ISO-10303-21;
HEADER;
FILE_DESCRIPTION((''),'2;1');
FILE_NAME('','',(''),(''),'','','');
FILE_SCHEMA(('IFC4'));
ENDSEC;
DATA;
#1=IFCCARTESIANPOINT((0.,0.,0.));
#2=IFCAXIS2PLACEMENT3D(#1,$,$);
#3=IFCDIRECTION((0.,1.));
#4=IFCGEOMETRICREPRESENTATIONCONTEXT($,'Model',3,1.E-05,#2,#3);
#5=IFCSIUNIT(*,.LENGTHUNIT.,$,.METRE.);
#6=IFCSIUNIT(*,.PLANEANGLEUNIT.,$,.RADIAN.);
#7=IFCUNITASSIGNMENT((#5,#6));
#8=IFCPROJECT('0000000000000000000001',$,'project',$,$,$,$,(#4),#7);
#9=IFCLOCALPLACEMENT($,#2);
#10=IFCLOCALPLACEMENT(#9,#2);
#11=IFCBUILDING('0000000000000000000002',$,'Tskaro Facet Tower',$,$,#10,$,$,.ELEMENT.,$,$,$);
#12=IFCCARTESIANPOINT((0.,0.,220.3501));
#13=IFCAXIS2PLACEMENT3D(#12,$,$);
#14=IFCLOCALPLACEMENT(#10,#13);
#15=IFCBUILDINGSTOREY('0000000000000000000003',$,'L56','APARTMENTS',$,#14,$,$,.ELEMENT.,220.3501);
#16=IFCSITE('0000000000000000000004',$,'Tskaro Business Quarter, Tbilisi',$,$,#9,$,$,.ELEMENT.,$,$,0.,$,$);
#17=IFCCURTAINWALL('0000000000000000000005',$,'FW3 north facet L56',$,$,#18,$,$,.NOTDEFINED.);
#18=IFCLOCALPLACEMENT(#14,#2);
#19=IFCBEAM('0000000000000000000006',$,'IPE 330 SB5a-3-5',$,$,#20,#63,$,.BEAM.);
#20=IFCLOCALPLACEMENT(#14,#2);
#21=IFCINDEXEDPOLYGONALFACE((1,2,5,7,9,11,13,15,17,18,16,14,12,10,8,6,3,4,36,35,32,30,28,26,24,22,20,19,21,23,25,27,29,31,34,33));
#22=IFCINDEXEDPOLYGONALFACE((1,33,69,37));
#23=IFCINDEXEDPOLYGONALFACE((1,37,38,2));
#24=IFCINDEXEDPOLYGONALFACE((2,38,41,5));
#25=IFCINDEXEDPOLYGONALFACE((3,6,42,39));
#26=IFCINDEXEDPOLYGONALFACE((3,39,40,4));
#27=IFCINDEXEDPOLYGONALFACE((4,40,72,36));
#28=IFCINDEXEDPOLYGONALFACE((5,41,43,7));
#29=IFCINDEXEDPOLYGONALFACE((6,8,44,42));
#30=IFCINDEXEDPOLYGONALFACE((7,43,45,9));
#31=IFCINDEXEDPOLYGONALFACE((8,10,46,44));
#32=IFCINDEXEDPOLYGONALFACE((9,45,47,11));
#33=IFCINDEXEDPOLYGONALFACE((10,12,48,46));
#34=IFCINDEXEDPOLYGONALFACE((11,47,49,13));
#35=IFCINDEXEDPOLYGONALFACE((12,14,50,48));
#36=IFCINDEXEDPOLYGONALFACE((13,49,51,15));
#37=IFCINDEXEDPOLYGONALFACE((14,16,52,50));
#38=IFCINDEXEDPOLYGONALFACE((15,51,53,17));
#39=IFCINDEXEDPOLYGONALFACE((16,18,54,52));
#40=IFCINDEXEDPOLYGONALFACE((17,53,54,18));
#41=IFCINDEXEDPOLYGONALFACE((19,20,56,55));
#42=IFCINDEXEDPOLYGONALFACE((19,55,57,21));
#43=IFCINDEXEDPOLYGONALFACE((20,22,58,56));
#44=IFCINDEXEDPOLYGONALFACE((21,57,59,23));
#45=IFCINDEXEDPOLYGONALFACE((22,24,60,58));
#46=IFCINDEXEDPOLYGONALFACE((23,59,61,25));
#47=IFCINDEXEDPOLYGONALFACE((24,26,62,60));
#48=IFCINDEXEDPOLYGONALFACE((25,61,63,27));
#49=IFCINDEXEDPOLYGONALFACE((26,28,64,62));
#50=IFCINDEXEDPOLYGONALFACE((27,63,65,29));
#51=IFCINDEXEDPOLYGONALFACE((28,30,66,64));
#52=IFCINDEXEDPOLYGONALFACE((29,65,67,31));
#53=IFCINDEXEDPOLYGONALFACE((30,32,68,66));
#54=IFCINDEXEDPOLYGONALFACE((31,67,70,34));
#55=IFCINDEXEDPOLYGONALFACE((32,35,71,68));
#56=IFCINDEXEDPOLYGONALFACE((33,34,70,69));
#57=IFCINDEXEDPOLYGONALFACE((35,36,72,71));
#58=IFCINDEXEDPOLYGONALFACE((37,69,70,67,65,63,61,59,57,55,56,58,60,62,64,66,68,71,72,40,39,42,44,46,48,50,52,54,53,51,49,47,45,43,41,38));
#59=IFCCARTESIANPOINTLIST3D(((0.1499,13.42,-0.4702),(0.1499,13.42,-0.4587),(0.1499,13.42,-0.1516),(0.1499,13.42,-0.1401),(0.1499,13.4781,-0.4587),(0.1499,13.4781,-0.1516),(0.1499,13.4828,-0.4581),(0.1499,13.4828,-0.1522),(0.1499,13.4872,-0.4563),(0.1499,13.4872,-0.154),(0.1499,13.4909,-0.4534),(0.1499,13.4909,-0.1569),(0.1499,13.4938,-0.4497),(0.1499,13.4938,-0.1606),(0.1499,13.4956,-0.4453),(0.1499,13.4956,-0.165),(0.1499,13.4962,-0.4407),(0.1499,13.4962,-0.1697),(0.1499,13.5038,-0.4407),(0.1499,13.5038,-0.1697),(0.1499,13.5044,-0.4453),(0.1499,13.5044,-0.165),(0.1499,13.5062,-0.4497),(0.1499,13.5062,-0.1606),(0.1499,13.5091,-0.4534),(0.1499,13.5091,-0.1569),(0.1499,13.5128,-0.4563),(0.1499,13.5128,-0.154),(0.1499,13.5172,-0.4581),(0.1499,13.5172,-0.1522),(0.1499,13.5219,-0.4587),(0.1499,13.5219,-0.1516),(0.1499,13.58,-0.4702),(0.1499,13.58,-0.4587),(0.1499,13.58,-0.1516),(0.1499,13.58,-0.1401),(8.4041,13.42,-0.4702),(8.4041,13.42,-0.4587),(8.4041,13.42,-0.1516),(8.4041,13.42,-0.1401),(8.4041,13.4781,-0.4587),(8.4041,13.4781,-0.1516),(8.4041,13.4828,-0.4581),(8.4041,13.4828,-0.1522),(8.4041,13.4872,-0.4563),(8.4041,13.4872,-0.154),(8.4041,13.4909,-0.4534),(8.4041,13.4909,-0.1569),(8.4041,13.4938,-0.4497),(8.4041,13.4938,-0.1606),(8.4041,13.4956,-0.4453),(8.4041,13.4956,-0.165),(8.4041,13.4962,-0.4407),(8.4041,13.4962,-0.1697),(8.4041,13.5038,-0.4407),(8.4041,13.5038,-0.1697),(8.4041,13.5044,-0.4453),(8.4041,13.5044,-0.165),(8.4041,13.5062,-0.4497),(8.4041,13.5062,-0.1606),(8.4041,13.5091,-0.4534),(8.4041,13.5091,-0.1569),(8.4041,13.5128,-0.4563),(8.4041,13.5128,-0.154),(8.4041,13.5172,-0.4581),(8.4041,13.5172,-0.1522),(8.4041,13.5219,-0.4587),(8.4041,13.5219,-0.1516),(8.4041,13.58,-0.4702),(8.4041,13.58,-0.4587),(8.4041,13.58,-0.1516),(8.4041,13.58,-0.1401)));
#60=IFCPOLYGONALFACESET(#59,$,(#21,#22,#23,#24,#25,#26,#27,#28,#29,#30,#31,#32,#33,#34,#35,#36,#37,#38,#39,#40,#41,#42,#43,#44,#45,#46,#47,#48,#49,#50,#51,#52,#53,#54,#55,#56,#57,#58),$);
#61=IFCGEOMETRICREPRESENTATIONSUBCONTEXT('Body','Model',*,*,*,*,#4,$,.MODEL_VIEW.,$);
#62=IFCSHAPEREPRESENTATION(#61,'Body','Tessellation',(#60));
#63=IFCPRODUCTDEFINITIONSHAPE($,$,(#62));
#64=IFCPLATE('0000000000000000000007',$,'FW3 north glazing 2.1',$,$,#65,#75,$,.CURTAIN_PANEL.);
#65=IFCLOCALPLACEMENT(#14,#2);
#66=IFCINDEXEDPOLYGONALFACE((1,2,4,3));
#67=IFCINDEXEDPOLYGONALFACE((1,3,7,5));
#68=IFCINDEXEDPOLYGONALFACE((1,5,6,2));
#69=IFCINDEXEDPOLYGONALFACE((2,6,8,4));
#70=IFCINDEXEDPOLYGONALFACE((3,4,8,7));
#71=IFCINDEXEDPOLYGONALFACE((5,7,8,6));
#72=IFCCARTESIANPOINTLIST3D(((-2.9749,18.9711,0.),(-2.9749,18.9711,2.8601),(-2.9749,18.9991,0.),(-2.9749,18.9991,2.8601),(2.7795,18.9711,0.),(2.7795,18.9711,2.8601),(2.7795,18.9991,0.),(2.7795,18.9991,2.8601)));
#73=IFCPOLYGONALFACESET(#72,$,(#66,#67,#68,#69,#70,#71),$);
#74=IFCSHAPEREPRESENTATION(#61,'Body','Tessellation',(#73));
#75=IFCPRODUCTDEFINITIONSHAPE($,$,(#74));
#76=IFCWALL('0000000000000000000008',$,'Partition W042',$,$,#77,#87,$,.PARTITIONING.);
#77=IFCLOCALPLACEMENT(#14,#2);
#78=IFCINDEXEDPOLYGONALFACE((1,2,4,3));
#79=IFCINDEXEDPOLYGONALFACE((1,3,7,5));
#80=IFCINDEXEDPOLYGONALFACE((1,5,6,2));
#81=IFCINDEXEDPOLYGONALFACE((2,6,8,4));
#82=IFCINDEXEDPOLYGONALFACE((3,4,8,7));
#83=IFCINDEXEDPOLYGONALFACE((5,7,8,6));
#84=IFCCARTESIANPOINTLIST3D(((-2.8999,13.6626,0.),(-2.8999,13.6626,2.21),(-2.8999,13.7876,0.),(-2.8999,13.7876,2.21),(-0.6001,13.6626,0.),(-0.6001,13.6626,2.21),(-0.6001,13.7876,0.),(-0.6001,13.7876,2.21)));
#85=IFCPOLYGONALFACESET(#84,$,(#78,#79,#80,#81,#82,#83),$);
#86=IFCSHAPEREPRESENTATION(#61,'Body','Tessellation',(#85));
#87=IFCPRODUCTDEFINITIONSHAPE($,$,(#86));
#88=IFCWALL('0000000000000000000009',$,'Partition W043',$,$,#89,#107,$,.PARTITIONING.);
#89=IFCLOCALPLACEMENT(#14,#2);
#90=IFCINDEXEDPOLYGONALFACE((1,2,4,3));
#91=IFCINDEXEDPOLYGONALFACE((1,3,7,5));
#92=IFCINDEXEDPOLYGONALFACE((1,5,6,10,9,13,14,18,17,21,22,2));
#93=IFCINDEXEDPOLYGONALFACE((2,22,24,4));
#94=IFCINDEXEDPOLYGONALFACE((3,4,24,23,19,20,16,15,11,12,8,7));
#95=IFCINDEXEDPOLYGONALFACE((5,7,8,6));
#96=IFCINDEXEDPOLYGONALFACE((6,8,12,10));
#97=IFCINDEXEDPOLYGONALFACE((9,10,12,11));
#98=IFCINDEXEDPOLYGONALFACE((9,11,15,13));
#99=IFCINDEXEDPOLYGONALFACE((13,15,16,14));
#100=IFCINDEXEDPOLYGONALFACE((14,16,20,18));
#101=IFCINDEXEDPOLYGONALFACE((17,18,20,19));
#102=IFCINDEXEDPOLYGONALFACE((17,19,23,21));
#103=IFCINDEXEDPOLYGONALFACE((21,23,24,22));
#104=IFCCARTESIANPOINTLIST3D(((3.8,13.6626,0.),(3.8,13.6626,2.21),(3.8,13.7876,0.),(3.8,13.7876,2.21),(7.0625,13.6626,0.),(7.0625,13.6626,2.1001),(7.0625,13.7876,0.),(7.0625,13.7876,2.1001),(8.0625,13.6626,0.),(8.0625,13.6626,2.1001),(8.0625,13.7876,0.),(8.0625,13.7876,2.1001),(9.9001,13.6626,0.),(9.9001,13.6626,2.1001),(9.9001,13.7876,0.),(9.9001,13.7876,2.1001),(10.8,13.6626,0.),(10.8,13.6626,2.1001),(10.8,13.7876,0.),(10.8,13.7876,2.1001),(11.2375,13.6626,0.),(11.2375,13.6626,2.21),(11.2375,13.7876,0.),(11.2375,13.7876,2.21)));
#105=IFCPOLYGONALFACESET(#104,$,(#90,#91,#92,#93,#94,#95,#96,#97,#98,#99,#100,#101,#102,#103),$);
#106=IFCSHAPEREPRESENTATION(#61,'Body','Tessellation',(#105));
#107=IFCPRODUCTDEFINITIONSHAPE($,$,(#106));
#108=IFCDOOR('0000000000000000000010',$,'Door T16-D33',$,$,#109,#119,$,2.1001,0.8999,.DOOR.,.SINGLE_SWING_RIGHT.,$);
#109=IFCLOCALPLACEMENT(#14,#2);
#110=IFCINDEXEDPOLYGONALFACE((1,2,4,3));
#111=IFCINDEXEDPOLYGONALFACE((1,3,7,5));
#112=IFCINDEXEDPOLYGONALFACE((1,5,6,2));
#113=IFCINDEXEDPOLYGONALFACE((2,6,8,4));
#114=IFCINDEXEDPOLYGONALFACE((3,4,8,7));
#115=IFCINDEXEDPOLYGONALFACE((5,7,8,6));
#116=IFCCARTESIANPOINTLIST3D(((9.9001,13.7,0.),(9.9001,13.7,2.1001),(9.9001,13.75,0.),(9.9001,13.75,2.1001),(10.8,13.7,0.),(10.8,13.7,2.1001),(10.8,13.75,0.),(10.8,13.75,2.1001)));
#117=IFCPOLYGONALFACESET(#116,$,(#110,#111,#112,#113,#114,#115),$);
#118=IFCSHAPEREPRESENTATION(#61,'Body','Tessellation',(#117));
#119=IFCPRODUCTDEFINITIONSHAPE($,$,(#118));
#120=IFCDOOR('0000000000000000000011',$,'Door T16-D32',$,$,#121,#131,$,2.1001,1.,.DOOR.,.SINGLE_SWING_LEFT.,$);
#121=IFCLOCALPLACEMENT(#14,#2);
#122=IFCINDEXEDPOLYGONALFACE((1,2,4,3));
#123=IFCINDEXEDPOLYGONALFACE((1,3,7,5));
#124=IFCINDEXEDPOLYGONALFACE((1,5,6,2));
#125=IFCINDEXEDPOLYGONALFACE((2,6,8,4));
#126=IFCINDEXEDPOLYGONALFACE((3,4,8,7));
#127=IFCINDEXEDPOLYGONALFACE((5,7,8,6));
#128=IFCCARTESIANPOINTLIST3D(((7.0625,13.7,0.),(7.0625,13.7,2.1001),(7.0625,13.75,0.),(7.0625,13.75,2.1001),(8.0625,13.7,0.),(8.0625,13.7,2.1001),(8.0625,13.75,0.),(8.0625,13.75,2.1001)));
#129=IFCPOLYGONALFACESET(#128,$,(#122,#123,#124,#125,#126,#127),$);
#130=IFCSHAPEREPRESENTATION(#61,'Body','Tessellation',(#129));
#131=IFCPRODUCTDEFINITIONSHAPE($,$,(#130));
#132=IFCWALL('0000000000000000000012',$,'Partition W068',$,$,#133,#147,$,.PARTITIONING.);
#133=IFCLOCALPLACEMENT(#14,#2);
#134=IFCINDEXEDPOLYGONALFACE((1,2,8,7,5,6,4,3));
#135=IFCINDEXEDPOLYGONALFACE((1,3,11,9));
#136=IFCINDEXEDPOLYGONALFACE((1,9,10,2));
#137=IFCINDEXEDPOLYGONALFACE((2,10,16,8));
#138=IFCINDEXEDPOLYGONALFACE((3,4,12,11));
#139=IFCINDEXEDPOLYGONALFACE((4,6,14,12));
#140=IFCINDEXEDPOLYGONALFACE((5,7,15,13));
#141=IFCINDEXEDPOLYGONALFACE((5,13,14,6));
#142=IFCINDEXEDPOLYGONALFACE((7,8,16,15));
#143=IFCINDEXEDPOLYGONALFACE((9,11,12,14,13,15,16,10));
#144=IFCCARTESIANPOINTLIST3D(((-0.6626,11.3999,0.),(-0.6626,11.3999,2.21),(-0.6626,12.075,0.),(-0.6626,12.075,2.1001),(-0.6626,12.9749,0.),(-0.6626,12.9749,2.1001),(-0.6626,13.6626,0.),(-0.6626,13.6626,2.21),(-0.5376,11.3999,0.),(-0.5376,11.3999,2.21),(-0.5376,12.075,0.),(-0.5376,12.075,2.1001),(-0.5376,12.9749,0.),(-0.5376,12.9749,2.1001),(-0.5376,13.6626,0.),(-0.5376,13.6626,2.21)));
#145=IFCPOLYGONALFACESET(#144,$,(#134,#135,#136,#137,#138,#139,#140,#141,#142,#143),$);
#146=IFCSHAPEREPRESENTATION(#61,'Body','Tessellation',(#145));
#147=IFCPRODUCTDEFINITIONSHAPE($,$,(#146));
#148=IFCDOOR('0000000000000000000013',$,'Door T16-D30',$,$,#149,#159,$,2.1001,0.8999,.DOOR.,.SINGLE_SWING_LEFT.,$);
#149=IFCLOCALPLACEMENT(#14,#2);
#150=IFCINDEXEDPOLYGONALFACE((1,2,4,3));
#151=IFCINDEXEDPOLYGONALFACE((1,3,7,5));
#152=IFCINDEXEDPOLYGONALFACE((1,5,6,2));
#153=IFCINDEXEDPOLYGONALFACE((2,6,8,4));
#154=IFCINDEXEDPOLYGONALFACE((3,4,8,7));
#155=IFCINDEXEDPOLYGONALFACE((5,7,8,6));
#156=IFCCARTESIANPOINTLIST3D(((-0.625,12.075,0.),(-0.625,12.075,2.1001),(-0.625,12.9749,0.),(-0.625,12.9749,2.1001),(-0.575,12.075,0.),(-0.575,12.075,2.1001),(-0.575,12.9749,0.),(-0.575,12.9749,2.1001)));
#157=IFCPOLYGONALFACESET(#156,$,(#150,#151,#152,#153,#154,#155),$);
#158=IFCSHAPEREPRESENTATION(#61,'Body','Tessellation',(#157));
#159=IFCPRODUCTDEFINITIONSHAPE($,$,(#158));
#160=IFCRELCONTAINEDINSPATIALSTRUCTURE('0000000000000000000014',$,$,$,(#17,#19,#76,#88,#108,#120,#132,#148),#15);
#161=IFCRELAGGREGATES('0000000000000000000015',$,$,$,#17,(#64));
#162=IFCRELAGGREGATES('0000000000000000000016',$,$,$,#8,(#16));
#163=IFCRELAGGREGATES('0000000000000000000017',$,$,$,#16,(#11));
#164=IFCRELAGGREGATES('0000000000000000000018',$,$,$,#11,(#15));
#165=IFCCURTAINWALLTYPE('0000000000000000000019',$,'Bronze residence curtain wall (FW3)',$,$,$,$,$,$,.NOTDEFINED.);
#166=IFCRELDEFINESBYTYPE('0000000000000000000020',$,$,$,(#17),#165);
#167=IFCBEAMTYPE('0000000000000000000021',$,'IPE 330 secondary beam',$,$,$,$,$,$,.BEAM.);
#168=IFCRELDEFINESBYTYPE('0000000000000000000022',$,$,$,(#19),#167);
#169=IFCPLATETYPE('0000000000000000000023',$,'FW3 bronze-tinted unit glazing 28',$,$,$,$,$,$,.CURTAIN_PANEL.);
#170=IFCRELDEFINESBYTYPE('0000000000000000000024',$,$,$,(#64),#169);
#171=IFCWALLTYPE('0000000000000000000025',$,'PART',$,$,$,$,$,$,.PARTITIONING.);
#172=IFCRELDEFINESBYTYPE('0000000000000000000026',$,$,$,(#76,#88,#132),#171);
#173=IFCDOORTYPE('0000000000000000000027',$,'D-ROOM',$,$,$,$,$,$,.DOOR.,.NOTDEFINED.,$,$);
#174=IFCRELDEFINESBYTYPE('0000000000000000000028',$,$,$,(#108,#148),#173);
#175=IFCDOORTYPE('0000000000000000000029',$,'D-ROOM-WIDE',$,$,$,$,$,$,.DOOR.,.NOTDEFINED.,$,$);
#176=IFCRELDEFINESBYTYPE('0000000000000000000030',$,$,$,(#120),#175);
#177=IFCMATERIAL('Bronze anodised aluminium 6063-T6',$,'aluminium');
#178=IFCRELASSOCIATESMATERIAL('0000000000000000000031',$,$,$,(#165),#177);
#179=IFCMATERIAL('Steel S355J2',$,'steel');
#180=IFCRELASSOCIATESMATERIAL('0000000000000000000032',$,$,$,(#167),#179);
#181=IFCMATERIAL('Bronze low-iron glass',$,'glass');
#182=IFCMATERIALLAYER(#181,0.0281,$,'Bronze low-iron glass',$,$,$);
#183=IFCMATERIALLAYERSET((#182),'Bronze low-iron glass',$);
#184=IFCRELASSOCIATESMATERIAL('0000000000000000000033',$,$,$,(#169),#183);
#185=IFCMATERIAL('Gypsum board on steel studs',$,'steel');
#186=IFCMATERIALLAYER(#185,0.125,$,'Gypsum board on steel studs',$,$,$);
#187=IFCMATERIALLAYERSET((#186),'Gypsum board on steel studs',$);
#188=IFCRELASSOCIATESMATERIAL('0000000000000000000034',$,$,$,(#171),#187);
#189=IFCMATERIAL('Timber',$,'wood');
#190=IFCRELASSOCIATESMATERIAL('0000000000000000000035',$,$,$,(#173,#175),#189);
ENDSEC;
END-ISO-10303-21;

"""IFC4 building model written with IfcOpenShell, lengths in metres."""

from ifc_helpers import new_model, si_unit, direction, frame, frame_2d, origin, origin_2d, place, context, subcontext, project, spatial, rectangle, i_section, extrude, material, layer, layer_set, material_profile, profile_set, type_object, element, fill, aggregate, save


model = new_model("IFC4")

# Units and contexts
model_context = context("Model", 3, precision=1e-05, world=origin(), true_north=direction((0.0, 1.0)))
body_context = subcontext(model_context, "Body", "Model", "MODEL_VIEW")
ifc_project = project(units=[si_unit("LENGTHUNIT", "METRE"), si_unit("PLANEANGLEUNIT", "RADIAN")], contexts=[model_context])

# Site, building, storey
site_placement = place(None, origin())
site = spatial("IfcSite", under=ifc_project, at=site_placement, Name="Tskaro Business Quarter, Tbilisi", CompositionType="ELEMENT", RefElevation=0.0)
building_placement = place(site_placement, origin())
building = spatial("IfcBuilding", under=site, at=building_placement, Name="Tskaro Facet Tower", CompositionType="ELEMENT")
storey_placement = place(building_placement, frame((0.0, 0.0, 220.3501)))
storey = spatial("IfcBuildingStorey", under=building, at=storey_placement, Name="L56", Description="APARTMENTS", CompositionType="ELEMENT", Elevation=220.3501)

# Shared definitions
ifc_material_1 = material(Name="Steel S355J2", Category="steel")

# Curtain wall
ifc_material_2 = material(Name="Bronze anodised aluminium 6063-T6", Category="aluminium")
curtain_wall_type = type_object("IfcCurtainWallType", Name="Bronze residence curtain wall (FW3)", PredefinedType="NOTDEFINED", material=ifc_material_2)
curtain_wall_placement = place(storey_placement, origin())
curtain_wall = element("IfcCurtainWall", 1, at=curtain_wall_placement, inside=storey, type_object=curtain_wall_type, Name="FW3 north facet L56", PredefinedType="NOTDEFINED")

# Beam
ifc_material_profile_1 = material_profile(ifc_material_1, i_section(OverallWidth=0.1599, OverallDepth=0.3301, WebThickness=0.0076, FlangeThickness=0.0115, FilletRadius=0.0181, at=origin_2d()), Name="IPE 330")
ifc_profile_set_1 = profile_set([ifc_material_profile_1], Name="Steel S355J2")
beam_type_1 = type_object("IfcBeamType", Name="IPE 330 secondary beam", PredefinedType="BEAM", material=ifc_profile_set_1)
beam_1_placement = place(storey_placement, frame((0.1499, 13.5, -0.3052), z_axis=(1.0, 0.0, 0.0), x_axis=(0.0, 1.0, 0.0)))
element("IfcBeam", 2, at=beam_1_placement, inside=storey, type_object=beam_type_1, Name="IPE 330 SB5a-3-5", PredefinedType="BEAM", context=body_context, shape_type="SweptSolid", body=[
    extrude(i_section(OverallWidth=0.1599, OverallDepth=0.3301, WebThickness=0.0076, FlangeThickness=0.0115, FilletRadius=0.0181, at=origin_2d()), origin(), (0.0, 0.0, 1.0), 8.2542),
])

# Plate
ifc_material_3 = material(Name="Bronze low-iron glass", Category="glass")
ifc_layer_1 = layer(ifc_material_3, 0.0281, Name="Bronze low-iron glass")
ifc_layer_set_1 = layer_set([ifc_layer_1], Name="Bronze low-iron glass")
plate_type = type_object("IfcPlateType", Name="FW3 bronze-tinted unit glazing 28", PredefinedType="CURTAIN_PANEL", material=ifc_layer_set_1)
plate_placement = place(storey_placement, frame((-0.0977, 18.9851, 0.0), z_axis=(0.0, 0.0, 1.0), x_axis=(-1.0, 0.0, 0.0)))
plate = element("IfcPlate", 3, at=plate_placement, type_object=plate_type, Name="FW3 north glazing 2.1", PredefinedType="CURTAIN_PANEL", context=body_context, shape_type="SweptSolid", body=[
    extrude(rectangle(XDim=5.7544, YDim=0.0281, at=origin_2d()), origin(), (0.0, 0.0, 1.0), 2.8601),
])
aggregate(curtain_wall, [plate])

# Wall
ifc_material_4 = material(Name="Gypsum board on steel studs", Category="steel")
ifc_layer_2 = layer(ifc_material_4, 0.125, Name="Gypsum board on steel studs")
ifc_layer_set_2 = layer_set([ifc_layer_2], Name="Gypsum board on steel studs")
wall_type_1 = type_object("IfcWallType", Name="PART", PredefinedType="PARTITIONING", material=ifc_layer_set_2)
wall_1_placement = place(storey_placement, frame((-2.8999, 13.7251, 0.0), z_axis=(0.0, 0.0, 1.0), x_axis=(1.0, 0.0, 0.0)))
element("IfcWall", 4, at=wall_1_placement, inside=storey, type_object=wall_type_1, Name="Partition W042", PredefinedType="PARTITIONING", context=body_context, shape_type="SweptSolid", body=[
    extrude(rectangle(XDim=2.2998, YDim=0.125, at=frame_2d((1.1499, 0.0))), origin(), (0.0, 0.0, 1.0), 2.21),
])

# Wall, openings, doors
wall_2_placement = place(storey_placement, frame((3.8, 13.7251, 0.0), z_axis=(0.0, 0.0, 1.0), x_axis=(1.0, 0.0, 0.0)))
wall_2 = element("IfcWall", 5, at=wall_2_placement, inside=storey, type_object=wall_type_1, Name="Partition W043", PredefinedType="PARTITIONING", context=body_context, shape_type="SweptSolid", body=[
    extrude(rectangle(XDim=7.4375, YDim=0.125, at=frame_2d((3.7188, 0.0))), origin(), (0.0, 0.0, 1.0), 2.21),
])
opening_1_placement = place(wall_2_placement, frame((3.2625, 0.0, 0.0)))
opening_1 = element("IfcOpeningElement", 6, at=opening_1_placement, cuts=wall_2, PredefinedType="OPENING", context=body_context, shape_type="SweptSolid", body=[
    extrude(rectangle(XDim=1.0, YDim=2.1001, at=frame_2d((0.5, 1.05))), frame((0.0, 0.0725, 0.0), z_axis=(0.0, -1.0, 0.0), x_axis=(1.0, 0.0, 0.0)), (0.0, 0.0, 1.0), 0.145),
])
opening_2_placement = place(wall_2_placement, frame((6.1001, 0.0, 0.0)))
opening_2 = element("IfcOpeningElement", 7, at=opening_2_placement, cuts=wall_2, PredefinedType="OPENING", context=body_context, shape_type="SweptSolid", body=[
    extrude(rectangle(XDim=0.8999, YDim=2.1001, at=frame_2d((0.45, 1.05))), frame((0.0, 0.0725, 0.0), z_axis=(0.0, -1.0, 0.0), x_axis=(1.0, 0.0, 0.0)), (0.0, 0.0, 1.0), 0.145),
])
ifc_material_5 = material(Name="Timber", Category="wood")
door_type_1 = type_object("IfcDoorType", Name="D-ROOM", OperationType="NOTDEFINED", PredefinedType="DOOR", material=ifc_material_5)
door_1_placement = place(opening_2_placement, origin())
door_1 = element("IfcDoor", 8, at=door_1_placement, inside=storey, type_object=door_type_1, Name="Door T16-D33", OperationType="SINGLE_SWING_RIGHT", OverallHeight=2.1001, OverallWidth=0.8999, PredefinedType="DOOR", context=body_context, shape_type="SweptSolid", body=[
    extrude(rectangle(XDim=0.8999, YDim=2.1001, at=frame_2d((0.45, 1.05))), frame((0.0, 0.0249, 0.0), z_axis=(0.0, -1.0, 0.0), x_axis=(1.0, 0.0, 0.0)), (0.0, 0.0, 1.0), 0.05),
])
fill(opening_2, door_1)
door_type_2 = type_object("IfcDoorType", Name="D-ROOM-WIDE", OperationType="NOTDEFINED", PredefinedType="DOOR", material=ifc_material_5)
door_2_placement = place(opening_1_placement, origin())
door_2 = element("IfcDoor", 9, at=door_2_placement, inside=storey, type_object=door_type_2, Name="Door T16-D32", OperationType="SINGLE_SWING_LEFT", OverallHeight=2.1001, OverallWidth=1.0, PredefinedType="DOOR", context=body_context, shape_type="SweptSolid", body=[
    extrude(rectangle(XDim=1.0, YDim=2.1001, at=frame_2d((0.5, 1.05))), frame((0.0, 0.0249, 0.0), z_axis=(0.0, -1.0, 0.0), x_axis=(1.0, 0.0, 0.0)), (0.0, 0.0, 1.0), 0.05),
])
fill(opening_1, door_2)

# Wall, opening, door
wall_3_placement = place(storey_placement, frame((-0.6001, 11.3999, 0.0), z_axis=(0.0, 0.0, 1.0), x_axis=(0.0, 1.0, 0.0)))
wall_3 = element("IfcWall", 10, at=wall_3_placement, inside=storey, type_object=wall_type_1, Name="Partition W068", PredefinedType="PARTITIONING", context=body_context, shape_type="SweptSolid", body=[
    extrude(rectangle(XDim=2.2627, YDim=0.125, at=frame_2d((1.1313, 0.0))), origin(), (0.0, 0.0, 1.0), 2.21),
])
opening_3_placement = place(wall_3_placement, frame((0.675, 0.0, 0.0)))
opening_3 = element("IfcOpeningElement", 11, at=opening_3_placement, cuts=wall_3, PredefinedType="OPENING", context=body_context, shape_type="SweptSolid", body=[
    extrude(rectangle(XDim=0.8999, YDim=2.1001, at=frame_2d((0.45, 1.05))), frame((0.0, 0.0725, 0.0), z_axis=(0.0, -1.0, 0.0), x_axis=(1.0, 0.0, 0.0)), (0.0, 0.0, 1.0), 0.145),
])
door_3_placement = place(opening_3_placement, origin())
door_3 = element("IfcDoor", 12, at=door_3_placement, inside=storey, type_object=door_type_1, Name="Door T16-D30", OperationType="SINGLE_SWING_LEFT", OverallHeight=2.1001, OverallWidth=0.8999, PredefinedType="DOOR", context=body_context, shape_type="SweptSolid", body=[
    extrude(rectangle(XDim=0.8999, YDim=2.1001, at=frame_2d((0.45, 1.05))), frame((0.0, 0.0249, 0.0), z_axis=(0.0, -1.0, 0.0), x_axis=(1.0, 0.0, 0.0)), (0.0, 0.0, 1.0), 0.05),
])
fill(opening_3, door_3)

save(model, "model.ifc")
